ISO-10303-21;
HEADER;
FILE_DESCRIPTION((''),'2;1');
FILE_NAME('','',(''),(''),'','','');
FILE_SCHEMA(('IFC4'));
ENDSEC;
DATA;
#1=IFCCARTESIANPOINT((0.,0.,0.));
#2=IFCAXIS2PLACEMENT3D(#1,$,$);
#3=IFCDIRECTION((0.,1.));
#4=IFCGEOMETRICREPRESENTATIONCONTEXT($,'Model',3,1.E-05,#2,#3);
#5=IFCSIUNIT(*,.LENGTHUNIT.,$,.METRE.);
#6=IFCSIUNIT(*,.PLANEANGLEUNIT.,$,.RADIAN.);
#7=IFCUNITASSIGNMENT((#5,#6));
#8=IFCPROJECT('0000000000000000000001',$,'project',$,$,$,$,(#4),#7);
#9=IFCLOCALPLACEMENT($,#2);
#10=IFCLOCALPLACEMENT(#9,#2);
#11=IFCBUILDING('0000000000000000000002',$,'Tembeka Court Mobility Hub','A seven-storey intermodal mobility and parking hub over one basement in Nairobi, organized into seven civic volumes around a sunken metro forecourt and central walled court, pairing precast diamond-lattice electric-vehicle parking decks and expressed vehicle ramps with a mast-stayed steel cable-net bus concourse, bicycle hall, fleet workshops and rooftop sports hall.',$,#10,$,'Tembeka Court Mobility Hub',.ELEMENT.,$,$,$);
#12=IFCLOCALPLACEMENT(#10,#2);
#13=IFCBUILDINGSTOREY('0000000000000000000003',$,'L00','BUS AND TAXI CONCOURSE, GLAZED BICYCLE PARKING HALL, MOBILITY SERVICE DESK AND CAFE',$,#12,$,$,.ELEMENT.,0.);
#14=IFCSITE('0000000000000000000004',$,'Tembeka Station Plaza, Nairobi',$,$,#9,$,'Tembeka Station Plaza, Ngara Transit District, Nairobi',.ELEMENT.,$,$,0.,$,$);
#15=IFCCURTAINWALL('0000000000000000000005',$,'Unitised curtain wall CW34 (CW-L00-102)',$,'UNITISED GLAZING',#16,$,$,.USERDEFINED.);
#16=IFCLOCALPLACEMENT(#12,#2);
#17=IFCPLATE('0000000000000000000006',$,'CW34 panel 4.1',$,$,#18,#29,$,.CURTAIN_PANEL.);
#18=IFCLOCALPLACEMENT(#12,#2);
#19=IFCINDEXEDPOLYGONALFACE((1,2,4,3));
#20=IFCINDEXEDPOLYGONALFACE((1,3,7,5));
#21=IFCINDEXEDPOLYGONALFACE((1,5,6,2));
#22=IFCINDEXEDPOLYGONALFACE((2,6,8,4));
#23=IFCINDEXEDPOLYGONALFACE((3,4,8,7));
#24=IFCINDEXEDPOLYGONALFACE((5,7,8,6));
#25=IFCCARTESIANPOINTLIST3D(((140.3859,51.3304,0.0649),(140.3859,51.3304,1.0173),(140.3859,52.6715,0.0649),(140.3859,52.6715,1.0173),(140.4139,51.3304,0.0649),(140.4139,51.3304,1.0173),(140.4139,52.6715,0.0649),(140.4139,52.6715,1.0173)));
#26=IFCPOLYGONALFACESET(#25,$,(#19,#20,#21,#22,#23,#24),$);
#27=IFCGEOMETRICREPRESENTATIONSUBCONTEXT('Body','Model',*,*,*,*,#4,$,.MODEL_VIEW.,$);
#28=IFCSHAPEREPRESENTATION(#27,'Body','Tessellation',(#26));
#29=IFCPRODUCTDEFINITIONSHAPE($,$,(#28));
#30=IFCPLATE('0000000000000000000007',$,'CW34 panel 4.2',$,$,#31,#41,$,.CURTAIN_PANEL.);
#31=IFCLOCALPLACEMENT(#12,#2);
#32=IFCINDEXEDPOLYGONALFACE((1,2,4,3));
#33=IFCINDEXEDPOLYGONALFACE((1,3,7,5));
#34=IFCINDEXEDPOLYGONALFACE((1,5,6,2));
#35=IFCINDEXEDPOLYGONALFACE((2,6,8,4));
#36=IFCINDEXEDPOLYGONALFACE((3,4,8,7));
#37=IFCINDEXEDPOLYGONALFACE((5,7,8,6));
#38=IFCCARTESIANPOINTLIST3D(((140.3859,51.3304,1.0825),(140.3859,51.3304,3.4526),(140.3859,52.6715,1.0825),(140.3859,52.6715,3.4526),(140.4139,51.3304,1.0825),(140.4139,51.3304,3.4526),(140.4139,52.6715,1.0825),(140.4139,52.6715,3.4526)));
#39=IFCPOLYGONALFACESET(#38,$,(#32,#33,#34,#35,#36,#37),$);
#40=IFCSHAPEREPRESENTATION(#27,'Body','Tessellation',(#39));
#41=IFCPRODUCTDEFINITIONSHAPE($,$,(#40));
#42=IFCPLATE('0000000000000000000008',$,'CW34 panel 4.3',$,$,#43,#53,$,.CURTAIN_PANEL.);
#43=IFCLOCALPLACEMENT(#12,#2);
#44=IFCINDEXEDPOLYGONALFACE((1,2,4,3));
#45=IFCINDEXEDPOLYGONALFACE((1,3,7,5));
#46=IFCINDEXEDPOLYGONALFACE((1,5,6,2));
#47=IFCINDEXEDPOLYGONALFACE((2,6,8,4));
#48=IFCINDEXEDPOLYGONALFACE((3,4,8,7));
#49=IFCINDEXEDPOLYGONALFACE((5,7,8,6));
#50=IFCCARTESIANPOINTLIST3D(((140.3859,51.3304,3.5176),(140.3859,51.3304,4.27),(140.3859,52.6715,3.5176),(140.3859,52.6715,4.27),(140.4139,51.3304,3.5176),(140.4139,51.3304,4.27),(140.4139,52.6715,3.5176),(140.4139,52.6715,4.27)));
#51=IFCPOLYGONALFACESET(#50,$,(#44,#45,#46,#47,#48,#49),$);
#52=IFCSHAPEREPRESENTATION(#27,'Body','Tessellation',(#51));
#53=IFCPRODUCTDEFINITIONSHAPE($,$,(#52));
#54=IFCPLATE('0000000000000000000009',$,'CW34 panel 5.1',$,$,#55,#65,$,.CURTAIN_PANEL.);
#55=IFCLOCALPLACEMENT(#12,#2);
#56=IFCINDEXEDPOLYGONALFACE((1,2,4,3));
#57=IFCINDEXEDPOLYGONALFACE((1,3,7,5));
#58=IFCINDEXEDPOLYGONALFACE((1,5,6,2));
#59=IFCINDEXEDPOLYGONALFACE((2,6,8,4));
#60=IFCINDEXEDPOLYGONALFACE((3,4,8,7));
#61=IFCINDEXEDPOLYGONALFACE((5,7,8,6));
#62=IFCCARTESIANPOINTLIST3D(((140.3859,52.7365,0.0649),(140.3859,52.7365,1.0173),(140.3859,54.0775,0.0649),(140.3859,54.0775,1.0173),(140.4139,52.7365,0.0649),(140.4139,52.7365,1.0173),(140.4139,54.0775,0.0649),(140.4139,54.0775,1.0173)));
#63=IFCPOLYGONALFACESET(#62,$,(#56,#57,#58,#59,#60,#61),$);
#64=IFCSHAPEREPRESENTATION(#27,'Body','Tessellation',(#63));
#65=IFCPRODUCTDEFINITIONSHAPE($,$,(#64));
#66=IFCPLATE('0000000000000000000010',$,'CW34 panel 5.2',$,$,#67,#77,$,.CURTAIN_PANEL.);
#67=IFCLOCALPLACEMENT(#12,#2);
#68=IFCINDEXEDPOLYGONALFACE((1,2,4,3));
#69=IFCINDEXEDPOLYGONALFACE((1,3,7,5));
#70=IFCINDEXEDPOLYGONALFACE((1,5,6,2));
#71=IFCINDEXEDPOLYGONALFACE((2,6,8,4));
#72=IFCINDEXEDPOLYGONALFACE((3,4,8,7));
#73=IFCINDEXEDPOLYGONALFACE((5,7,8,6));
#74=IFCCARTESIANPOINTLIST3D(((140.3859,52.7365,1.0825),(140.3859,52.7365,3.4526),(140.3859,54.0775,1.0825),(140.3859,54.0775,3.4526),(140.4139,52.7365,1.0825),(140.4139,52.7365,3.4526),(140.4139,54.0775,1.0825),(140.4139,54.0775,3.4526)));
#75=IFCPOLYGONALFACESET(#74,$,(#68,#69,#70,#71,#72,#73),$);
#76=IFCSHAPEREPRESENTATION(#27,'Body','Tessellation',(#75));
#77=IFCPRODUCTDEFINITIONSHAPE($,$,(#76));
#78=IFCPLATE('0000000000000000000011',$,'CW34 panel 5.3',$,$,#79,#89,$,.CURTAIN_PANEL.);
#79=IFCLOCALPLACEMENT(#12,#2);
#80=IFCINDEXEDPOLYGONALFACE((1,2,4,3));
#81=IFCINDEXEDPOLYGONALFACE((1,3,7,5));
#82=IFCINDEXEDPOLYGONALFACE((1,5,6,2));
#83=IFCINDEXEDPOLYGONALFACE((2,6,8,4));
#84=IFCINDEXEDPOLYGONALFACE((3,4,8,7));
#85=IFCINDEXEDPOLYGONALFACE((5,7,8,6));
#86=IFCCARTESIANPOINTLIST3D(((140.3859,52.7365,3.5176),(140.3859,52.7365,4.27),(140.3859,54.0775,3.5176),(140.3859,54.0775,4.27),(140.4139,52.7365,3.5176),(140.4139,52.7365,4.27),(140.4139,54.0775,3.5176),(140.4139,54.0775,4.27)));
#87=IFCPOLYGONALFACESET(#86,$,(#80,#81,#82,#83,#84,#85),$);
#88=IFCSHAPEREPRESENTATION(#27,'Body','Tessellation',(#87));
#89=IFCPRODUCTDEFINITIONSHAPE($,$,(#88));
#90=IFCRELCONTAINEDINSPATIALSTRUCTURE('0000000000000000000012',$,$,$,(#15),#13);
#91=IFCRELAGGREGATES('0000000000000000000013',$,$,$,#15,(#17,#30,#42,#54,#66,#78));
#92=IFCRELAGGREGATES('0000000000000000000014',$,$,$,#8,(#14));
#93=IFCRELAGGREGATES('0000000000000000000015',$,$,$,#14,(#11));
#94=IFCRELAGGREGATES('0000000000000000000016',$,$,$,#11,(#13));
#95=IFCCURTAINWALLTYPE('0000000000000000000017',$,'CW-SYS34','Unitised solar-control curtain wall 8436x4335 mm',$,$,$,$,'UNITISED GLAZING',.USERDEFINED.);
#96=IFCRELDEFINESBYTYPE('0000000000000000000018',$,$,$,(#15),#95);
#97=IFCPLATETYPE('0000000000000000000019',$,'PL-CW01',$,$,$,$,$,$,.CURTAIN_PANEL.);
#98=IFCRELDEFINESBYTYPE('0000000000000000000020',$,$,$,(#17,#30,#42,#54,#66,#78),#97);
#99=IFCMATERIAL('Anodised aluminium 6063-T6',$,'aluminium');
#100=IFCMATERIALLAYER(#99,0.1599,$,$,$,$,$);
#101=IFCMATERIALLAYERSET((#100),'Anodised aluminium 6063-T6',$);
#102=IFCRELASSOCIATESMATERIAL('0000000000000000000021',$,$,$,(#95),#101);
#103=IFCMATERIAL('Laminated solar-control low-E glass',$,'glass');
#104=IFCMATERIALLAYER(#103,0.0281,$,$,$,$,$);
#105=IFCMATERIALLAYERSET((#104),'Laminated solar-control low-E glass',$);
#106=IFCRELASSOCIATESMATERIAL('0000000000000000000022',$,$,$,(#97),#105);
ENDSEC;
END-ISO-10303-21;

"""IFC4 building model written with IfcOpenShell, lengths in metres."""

from ifc_helpers import new_model, si_unit, direction, frame, origin, origin_2d, place, context, subcontext, project, spatial, rectangle, extrude, material, layer, layer_set, type_object, element, aggregate, save


model = new_model("IFC4")

# Units and contexts
model_context = context("Model", 3, precision=1e-05, world=origin(), true_north=direction((0.0, 1.0)))
body_context = subcontext(model_context, "Body", "Model", "MODEL_VIEW")
ifc_project = project(units=[si_unit("LENGTHUNIT", "METRE"), si_unit("PLANEANGLEUNIT", "RADIAN")], contexts=[model_context])

# Site, building, storey
site_placement = place(None, origin())
site = spatial("IfcSite", under=ifc_project, at=site_placement, Name="Tembeka Station Plaza, Nairobi", LongName="Tembeka Station Plaza, Ngara Transit District, Nairobi", CompositionType="ELEMENT", RefElevation=0.0)
building_placement = place(site_placement, origin())
building = spatial("IfcBuilding", under=site, at=building_placement, Name="Tembeka Court Mobility Hub", Description="A seven-storey intermodal mobility and parking hub over one basement in Nairobi, organized into seven civic volumes around a sunken metro forecourt and central walled court, pairing precast diamond-lattice electric-vehicle parking decks and expressed vehicle ramps with a mast-stayed steel cable-net bus concourse, bicycle hall, fleet workshops and rooftop sports hall.", LongName="Tembeka Court Mobility Hub", CompositionType="ELEMENT")
storey_placement = place(building_placement, origin())
storey = spatial("IfcBuildingStorey", under=building, at=storey_placement, Name="L00", Description="BUS AND TAXI CONCOURSE, GLAZED BICYCLE PARKING HALL, MOBILITY SERVICE DESK AND CAFE", CompositionType="ELEMENT", Elevation=0.0)

# Curtain wall, plates
ifc_material_1 = material(Name="Anodised aluminium 6063-T6", Category="aluminium")
ifc_layer_1 = layer(ifc_material_1, 0.1599)
ifc_layer_set_1 = layer_set([ifc_layer_1], Name="Anodised aluminium 6063-T6")
curtain_wall_type = type_object("IfcCurtainWallType", Name="CW-SYS34", Description="Unitised solar-control curtain wall 8436x4335 mm", ElementType="UNITISED GLAZING", PredefinedType="USERDEFINED", material=ifc_layer_set_1)
curtain_wall_placement = place(storey_placement, origin())
curtain_wall = element("IfcCurtainWall", 1, at=curtain_wall_placement, inside=storey, type_object=curtain_wall_type, Name="Unitised curtain wall CW34 (CW-L00-102)", ObjectType="UNITISED GLAZING", PredefinedType="USERDEFINED")
ifc_material_2 = material(Name="Laminated solar-control low-E glass", Category="glass")
ifc_layer_2 = layer(ifc_material_2, 0.0281)
ifc_layer_set_2 = layer_set([ifc_layer_2], Name="Laminated solar-control low-E glass")
plate_type = type_object("IfcPlateType", Name="PL-CW01", PredefinedType="CURTAIN_PANEL", material=ifc_layer_set_2)
plate_1_placement = place(storey_placement, frame((140.3999, 52.001, 0.0649), z_axis=(0.0, 0.0, 1.0), x_axis=(0.0, 1.0, 0.0)))
plate_1 = element("IfcPlate", 2, at=plate_1_placement, type_object=plate_type, Name="CW34 panel 4.1", PredefinedType="CURTAIN_PANEL", context=body_context, shape_type="SweptSolid", body=[
    extrude(rectangle(XDim=1.3411, YDim=0.0281, at=origin_2d()), origin(), (0.0, 0.0, 1.0), 0.9524),
])
plate_2_placement = place(storey_placement, frame((140.3999, 52.001, 1.0825), z_axis=(0.0, 0.0, 1.0), x_axis=(0.0, 1.0, 0.0)))
plate_2 = element("IfcPlate", 3, at=plate_2_placement, type_object=plate_type, Name="CW34 panel 4.2", PredefinedType="CURTAIN_PANEL", context=body_context, shape_type="SweptSolid", body=[
    extrude(rectangle(XDim=1.3411, YDim=0.0281, at=origin_2d()), origin(), (0.0, 0.0, 1.0), 2.3701),
])
plate_3_placement = place(storey_placement, frame((140.3999, 52.001, 3.5176), z_axis=(0.0, 0.0, 1.0), x_axis=(0.0, 1.0, 0.0)))
plate_3 = element("IfcPlate", 4, at=plate_3_placement, type_object=plate_type, Name="CW34 panel 4.3", PredefinedType="CURTAIN_PANEL", context=body_context, shape_type="SweptSolid", body=[
    extrude(rectangle(XDim=1.3411, YDim=0.0281, at=origin_2d()), origin(), (0.0, 0.0, 1.0), 0.7524),
])
plate_4_placement = place(storey_placement, frame((140.3999, 53.407, 0.0649), z_axis=(0.0, 0.0, 1.0), x_axis=(0.0, 1.0, 0.0)))
plate_4 = element("IfcPlate", 5, at=plate_4_placement, type_object=plate_type, Name="CW34 panel 5.1", PredefinedType="CURTAIN_PANEL", context=body_context, shape_type="SweptSolid", body=[
    extrude(rectangle(XDim=1.3411, YDim=0.0281, at=origin_2d()), origin(), (0.0, 0.0, 1.0), 0.9524),
])
plate_5_placement = place(storey_placement, frame((140.3999, 53.407, 1.0825), z_axis=(0.0, 0.0, 1.0), x_axis=(0.0, 1.0, 0.0)))
plate_5 = element("IfcPlate", 6, at=plate_5_placement, type_object=plate_type, Name="CW34 panel 5.2", PredefinedType="CURTAIN_PANEL", context=body_context, shape_type="SweptSolid", body=[
    extrude(rectangle(XDim=1.3411, YDim=0.0281, at=origin_2d()), origin(), (0.0, 0.0, 1.0), 2.3701),
])
plate_6_placement = place(storey_placement, frame((140.3999, 53.407, 3.5176), z_axis=(0.0, 0.0, 1.0), x_axis=(0.0, 1.0, 0.0)))
plate_6 = element("IfcPlate", 7, at=plate_6_placement, type_object=plate_type, Name="CW34 panel 5.3", PredefinedType="CURTAIN_PANEL", context=body_context, shape_type="SweptSolid", body=[
    extrude(rectangle(XDim=1.3411, YDim=0.0281, at=origin_2d()), origin(), (0.0, 0.0, 1.0), 0.7524),
])
aggregate(curtain_wall, [plate_1, plate_2, plate_3, plate_4, plate_5, plate_6])

save(model, "model.ifc")
